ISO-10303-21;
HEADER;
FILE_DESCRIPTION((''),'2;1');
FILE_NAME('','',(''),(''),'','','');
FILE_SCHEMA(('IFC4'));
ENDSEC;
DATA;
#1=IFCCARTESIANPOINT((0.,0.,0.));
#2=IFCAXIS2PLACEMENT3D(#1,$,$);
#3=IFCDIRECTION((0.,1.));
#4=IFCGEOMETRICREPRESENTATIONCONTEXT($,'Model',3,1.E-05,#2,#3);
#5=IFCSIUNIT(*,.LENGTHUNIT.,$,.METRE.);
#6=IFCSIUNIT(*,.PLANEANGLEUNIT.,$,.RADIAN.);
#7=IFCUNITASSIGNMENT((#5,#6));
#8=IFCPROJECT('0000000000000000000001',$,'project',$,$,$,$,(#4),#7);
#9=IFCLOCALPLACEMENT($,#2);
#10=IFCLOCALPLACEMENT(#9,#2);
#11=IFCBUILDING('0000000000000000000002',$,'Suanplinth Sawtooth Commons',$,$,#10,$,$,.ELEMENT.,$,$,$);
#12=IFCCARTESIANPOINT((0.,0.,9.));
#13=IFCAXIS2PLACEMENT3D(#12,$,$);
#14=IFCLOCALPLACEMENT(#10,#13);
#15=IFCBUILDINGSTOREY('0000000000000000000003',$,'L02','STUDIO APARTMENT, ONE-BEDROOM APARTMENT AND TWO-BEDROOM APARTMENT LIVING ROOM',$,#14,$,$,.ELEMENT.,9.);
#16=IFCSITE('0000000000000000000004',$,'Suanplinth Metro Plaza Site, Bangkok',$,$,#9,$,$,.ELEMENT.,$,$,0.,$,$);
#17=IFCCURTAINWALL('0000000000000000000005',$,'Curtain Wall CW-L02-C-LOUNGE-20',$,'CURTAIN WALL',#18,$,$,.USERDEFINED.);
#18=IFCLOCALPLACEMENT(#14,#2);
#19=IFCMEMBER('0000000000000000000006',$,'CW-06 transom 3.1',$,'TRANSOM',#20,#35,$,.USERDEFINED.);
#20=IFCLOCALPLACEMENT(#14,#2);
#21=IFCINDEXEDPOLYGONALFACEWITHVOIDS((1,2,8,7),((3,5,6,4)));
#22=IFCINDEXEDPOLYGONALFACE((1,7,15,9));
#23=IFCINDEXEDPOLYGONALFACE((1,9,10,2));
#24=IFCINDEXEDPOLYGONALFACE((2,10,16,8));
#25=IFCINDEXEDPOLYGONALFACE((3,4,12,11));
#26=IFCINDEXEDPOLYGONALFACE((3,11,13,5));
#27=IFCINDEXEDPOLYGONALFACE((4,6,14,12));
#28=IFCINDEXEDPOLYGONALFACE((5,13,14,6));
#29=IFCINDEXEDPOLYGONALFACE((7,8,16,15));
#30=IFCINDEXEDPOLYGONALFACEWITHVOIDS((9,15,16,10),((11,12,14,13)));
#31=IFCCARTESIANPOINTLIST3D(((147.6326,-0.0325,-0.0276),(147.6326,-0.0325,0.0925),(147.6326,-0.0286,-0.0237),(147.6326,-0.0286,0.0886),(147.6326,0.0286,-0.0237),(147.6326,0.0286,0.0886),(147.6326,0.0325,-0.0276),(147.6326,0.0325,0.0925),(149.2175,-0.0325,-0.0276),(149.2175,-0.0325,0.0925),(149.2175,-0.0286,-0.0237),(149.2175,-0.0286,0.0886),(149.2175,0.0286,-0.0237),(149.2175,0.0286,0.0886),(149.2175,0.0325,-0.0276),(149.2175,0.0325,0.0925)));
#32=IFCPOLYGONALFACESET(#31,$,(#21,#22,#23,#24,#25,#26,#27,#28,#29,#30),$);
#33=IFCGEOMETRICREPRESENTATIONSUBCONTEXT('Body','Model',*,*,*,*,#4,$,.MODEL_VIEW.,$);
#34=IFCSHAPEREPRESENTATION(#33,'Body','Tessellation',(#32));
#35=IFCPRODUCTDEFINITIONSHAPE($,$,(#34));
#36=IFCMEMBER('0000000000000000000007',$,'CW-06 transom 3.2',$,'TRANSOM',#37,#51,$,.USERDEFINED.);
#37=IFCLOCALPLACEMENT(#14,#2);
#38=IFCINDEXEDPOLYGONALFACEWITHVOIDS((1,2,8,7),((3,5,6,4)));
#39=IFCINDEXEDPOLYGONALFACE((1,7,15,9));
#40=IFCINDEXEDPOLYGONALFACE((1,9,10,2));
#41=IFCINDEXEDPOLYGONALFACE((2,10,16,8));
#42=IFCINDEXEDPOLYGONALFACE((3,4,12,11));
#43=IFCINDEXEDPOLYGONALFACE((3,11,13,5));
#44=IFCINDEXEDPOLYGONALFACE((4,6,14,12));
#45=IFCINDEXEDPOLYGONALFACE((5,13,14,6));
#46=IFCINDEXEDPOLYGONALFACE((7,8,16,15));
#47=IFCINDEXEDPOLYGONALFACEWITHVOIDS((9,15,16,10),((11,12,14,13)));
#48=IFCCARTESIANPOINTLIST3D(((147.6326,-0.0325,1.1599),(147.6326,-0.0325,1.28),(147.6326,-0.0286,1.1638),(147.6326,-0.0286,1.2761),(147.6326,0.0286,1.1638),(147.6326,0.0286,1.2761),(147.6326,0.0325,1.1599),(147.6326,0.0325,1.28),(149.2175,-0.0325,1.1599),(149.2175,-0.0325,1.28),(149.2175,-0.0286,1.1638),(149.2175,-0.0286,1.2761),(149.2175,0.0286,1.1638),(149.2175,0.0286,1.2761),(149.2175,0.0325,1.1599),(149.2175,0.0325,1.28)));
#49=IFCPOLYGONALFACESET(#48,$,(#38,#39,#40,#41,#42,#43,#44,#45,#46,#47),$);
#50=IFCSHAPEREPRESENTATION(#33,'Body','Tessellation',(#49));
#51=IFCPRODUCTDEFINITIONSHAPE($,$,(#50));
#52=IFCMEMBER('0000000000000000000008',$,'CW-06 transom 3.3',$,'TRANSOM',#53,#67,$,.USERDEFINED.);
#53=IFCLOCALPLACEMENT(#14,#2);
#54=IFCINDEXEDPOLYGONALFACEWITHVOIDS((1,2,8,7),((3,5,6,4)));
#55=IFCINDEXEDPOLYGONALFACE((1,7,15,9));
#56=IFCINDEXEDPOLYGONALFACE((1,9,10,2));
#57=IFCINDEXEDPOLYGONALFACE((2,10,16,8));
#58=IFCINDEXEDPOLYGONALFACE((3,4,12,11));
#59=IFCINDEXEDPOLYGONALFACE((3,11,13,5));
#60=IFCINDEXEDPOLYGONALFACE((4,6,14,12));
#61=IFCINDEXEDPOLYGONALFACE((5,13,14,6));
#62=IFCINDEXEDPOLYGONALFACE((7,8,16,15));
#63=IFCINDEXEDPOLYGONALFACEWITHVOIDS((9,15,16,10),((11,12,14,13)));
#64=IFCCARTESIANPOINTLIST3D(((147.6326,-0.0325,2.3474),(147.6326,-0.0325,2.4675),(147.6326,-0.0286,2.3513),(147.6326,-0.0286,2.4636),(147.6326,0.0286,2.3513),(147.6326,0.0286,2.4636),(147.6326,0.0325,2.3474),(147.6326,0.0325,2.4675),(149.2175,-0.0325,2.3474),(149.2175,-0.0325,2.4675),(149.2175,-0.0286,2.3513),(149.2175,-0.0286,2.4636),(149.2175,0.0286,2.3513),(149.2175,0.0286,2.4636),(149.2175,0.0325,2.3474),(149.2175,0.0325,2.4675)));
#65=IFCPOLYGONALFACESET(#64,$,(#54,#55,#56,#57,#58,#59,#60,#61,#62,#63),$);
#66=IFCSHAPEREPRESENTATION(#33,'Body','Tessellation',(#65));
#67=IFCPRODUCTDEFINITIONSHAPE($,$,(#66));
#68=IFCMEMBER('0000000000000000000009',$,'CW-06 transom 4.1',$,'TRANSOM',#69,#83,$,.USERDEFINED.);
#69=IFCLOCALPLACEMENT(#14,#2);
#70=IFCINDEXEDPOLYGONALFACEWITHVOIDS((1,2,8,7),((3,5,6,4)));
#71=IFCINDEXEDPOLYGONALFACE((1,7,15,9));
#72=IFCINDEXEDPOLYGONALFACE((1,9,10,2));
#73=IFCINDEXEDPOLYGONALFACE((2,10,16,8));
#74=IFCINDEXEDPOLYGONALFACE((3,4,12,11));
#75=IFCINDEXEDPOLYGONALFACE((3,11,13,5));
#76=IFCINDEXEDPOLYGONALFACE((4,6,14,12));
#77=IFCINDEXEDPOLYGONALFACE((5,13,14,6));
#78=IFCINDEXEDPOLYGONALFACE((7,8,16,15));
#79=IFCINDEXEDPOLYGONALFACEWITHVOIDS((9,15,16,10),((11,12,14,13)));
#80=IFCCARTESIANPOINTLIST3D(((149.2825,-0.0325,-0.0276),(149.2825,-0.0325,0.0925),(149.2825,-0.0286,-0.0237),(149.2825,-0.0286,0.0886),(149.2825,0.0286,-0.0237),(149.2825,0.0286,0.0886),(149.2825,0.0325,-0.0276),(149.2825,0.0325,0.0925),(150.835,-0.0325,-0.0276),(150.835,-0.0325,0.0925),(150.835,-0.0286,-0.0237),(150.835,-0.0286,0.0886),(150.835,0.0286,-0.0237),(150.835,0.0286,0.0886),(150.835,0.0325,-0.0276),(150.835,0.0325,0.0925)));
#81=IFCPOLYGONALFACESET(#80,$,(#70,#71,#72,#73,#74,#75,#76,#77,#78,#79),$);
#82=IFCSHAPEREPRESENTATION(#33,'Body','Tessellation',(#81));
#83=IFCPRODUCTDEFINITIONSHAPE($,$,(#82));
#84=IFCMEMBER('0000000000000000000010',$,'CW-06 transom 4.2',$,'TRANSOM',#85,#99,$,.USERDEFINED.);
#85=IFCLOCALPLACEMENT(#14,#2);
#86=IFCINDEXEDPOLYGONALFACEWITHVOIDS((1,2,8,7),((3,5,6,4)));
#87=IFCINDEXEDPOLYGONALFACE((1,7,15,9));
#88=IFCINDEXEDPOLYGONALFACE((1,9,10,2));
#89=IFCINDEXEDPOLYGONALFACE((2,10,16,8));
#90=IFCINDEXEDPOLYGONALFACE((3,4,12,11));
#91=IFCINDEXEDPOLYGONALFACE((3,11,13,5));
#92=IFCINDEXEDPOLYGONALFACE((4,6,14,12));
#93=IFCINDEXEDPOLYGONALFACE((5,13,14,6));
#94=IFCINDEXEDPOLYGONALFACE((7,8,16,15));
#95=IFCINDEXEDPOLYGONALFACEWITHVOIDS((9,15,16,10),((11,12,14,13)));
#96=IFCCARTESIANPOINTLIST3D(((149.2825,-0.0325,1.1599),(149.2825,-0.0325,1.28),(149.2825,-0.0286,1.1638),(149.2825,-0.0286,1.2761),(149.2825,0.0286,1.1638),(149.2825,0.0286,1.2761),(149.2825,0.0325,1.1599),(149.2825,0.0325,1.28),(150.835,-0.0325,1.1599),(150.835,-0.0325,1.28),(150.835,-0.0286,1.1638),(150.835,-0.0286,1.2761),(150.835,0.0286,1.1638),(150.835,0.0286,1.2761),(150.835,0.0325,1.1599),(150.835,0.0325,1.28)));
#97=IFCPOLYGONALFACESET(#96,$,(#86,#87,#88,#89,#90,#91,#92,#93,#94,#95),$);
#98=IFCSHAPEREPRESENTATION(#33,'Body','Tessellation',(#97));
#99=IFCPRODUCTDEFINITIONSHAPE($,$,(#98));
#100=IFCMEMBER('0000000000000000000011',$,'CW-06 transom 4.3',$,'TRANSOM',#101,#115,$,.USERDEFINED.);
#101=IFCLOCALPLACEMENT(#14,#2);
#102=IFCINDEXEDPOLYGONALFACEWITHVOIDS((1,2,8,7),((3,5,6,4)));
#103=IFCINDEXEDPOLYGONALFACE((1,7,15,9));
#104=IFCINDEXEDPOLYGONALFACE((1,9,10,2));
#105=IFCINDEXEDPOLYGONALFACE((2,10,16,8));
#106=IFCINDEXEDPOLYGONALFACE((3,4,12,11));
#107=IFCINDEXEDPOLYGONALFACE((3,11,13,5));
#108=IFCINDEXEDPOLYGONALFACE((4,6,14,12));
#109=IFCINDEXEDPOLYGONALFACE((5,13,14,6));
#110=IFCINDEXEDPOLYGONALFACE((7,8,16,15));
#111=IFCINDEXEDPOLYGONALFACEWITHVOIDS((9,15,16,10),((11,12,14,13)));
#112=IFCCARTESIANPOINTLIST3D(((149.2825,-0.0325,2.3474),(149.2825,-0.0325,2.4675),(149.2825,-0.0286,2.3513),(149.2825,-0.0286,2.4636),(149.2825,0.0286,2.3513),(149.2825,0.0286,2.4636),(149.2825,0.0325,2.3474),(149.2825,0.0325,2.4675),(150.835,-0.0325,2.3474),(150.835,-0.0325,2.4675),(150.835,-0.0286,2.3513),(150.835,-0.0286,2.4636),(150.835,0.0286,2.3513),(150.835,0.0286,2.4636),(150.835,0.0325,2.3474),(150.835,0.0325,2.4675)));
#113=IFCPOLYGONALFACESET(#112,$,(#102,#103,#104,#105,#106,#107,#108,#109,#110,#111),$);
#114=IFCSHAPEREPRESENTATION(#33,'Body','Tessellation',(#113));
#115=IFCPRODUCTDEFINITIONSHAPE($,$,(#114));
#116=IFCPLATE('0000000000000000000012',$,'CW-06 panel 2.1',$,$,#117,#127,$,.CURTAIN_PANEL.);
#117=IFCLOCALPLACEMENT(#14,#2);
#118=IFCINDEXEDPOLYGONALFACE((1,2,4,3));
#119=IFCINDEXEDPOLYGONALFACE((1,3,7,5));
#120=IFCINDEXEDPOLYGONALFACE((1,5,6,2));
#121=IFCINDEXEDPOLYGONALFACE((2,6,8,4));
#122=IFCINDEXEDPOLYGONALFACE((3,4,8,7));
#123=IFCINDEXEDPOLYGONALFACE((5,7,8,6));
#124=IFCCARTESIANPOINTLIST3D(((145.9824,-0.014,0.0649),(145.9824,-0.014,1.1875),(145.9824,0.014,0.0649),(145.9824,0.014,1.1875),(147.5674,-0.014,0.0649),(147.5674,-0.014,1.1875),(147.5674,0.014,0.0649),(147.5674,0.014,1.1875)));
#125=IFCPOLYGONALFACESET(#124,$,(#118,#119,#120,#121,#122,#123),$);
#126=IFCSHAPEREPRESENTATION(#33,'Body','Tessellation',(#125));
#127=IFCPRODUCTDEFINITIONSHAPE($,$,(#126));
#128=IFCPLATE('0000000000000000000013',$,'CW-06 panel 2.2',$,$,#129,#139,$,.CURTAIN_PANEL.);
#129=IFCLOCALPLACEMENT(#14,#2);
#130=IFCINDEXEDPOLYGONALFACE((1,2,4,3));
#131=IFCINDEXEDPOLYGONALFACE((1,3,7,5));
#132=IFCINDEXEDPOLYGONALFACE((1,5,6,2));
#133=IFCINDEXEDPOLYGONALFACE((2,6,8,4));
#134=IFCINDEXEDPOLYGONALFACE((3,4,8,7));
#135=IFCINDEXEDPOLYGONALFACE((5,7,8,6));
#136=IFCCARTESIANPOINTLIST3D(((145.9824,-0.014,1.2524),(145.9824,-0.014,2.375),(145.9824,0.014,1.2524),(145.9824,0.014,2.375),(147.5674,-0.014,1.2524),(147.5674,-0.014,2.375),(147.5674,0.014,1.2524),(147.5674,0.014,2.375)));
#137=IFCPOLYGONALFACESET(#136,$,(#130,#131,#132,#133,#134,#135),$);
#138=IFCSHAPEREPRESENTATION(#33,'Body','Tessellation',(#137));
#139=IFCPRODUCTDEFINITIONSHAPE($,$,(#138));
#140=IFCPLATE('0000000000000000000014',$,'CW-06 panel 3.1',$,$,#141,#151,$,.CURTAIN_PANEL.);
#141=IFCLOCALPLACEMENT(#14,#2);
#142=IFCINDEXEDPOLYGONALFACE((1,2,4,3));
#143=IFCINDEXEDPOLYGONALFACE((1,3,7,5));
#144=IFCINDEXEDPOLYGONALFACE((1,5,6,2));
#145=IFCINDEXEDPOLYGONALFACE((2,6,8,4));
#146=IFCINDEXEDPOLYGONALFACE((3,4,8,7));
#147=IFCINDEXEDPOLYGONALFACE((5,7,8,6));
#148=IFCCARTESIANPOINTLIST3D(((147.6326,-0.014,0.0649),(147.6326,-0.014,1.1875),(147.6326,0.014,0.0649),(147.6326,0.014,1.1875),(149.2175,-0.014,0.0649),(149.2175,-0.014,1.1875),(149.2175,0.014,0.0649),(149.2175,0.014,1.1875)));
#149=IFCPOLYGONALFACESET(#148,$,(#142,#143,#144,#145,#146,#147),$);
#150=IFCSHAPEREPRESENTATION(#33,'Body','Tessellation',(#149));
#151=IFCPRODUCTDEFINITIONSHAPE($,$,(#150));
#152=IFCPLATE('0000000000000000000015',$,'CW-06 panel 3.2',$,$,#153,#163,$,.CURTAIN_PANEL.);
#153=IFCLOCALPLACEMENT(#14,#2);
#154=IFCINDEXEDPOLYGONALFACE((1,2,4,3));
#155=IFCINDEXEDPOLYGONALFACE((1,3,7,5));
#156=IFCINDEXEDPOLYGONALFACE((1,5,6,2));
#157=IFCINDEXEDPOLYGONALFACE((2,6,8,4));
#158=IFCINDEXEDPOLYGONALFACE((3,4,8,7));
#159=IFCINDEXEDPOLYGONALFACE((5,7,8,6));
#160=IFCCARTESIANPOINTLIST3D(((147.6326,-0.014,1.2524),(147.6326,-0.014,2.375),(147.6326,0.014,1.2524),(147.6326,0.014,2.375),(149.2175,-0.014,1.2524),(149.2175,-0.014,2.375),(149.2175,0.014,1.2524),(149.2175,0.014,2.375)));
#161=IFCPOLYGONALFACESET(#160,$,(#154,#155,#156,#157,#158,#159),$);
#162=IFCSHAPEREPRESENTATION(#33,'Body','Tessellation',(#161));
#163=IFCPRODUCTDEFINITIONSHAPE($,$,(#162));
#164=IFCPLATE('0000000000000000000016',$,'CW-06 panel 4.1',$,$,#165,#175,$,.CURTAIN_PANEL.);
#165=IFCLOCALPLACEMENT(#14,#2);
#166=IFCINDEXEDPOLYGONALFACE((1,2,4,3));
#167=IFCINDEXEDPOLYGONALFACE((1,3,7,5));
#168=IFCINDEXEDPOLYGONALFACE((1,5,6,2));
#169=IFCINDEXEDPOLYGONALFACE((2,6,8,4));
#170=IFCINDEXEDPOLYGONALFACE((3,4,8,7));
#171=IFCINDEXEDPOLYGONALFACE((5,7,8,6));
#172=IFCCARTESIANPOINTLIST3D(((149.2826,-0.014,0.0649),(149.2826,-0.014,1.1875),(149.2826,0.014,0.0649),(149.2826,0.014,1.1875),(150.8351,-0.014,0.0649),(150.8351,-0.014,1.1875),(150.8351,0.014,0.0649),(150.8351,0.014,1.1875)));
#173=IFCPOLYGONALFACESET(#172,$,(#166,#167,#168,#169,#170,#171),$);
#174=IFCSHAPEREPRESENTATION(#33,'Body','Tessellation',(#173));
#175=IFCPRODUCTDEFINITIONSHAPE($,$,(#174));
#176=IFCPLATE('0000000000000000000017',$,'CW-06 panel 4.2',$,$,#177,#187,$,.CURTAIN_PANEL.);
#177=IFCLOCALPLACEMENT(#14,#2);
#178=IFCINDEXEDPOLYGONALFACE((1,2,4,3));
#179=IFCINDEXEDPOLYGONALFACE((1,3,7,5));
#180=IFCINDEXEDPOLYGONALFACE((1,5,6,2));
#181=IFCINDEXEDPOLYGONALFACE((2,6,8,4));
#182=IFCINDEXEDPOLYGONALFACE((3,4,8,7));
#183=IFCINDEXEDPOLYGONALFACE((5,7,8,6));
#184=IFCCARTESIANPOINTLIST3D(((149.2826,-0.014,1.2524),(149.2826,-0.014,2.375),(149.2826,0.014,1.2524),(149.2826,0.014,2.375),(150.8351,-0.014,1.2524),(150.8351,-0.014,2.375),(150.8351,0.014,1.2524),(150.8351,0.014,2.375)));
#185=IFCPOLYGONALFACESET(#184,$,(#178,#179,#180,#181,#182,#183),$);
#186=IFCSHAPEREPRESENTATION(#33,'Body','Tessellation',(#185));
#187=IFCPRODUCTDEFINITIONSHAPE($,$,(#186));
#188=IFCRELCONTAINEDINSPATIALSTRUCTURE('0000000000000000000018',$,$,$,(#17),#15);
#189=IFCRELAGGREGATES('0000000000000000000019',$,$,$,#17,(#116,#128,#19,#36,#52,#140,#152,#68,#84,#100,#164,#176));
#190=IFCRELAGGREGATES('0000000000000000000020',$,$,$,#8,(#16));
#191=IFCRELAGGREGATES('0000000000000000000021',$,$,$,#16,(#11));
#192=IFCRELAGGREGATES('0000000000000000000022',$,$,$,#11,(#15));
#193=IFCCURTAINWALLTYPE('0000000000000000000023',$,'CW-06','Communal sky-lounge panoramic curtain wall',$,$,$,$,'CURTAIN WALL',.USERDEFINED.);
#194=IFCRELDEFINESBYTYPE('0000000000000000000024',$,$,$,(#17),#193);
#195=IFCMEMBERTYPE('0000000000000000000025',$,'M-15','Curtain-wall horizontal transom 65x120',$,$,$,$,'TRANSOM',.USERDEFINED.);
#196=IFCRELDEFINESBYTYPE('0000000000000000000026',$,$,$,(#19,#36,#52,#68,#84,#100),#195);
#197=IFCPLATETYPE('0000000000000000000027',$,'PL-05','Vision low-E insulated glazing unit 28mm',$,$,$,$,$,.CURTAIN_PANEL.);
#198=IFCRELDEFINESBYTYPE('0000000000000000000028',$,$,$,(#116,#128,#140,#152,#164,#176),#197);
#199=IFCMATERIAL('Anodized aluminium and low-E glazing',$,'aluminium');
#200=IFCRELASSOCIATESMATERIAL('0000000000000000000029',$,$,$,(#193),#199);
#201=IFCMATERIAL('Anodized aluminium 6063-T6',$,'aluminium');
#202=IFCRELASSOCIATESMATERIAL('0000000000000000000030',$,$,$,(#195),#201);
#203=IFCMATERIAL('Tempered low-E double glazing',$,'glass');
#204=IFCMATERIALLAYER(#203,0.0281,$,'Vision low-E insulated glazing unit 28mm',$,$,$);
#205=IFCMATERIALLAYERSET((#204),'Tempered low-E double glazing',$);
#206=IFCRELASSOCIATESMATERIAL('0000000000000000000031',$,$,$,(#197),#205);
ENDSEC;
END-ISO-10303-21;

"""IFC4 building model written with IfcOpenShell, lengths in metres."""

from ifc_helpers import new_model, si_unit, direction, frame, origin, origin_2d, place, context, subcontext, project, spatial, rectangle, hollow_rectangle, extrude, material, layer, layer_set, material_profile, profile_set, type_object, element, aggregate, save


model = new_model("IFC4")

# Units and contexts
model_context = context("Model", 3, precision=1e-05, world=origin(), true_north=direction((0.0, 1.0)))
body_context = subcontext(model_context, "Body", "Model", "MODEL_VIEW")
ifc_project = project(units=[si_unit("LENGTHUNIT", "METRE"), si_unit("PLANEANGLEUNIT", "RADIAN")], contexts=[model_context])

# Site, building, storey
site_placement = place(None, origin())
site = spatial("IfcSite", under=ifc_project, at=site_placement, Name="Suanplinth Metro Plaza Site, Bangkok", CompositionType="ELEMENT", RefElevation=0.0)
building_placement = place(site_placement, origin())
building = spatial("IfcBuilding", under=site, at=building_placement, Name="Suanplinth Sawtooth Commons", CompositionType="ELEMENT")
storey_placement = place(building_placement, frame((0.0, 0.0, 9.0)))
storey = spatial("IfcBuildingStorey", under=building, at=storey_placement, Name="L02", Description="STUDIO APARTMENT, ONE-BEDROOM APARTMENT AND TWO-BEDROOM APARTMENT LIVING ROOM", CompositionType="ELEMENT", Elevation=9.0)

# Curtain wall, members, plates
ifc_material_1 = material(Name="Anodized aluminium and low-E glazing", Category="aluminium")
curtain_wall_type = type_object("IfcCurtainWallType", Name="CW-06", Description="Communal sky-lounge panoramic curtain wall", ElementType="CURTAIN WALL", PredefinedType="USERDEFINED", material=ifc_material_1)
curtain_wall_placement = place(storey_placement, origin())
curtain_wall = element("IfcCurtainWall", 1, at=curtain_wall_placement, inside=storey, type_object=curtain_wall_type, Name="Curtain Wall CW-L02-C-LOUNGE-20", ObjectType="CURTAIN WALL", PredefinedType="USERDEFINED")
ifc_material_2 = material(Name="Anodized aluminium 6063-T6", Category="aluminium")
ifc_material_profile_1 = material_profile(ifc_material_2, hollow_rectangle(XDim=0.0649, YDim=0.1201, WallThickness=0.0039, at=origin_2d()), Name="ALU-TRN 65x120")
ifc_profile_set_1 = profile_set([ifc_material_profile_1], Name="Anodized aluminium 6063-T6")
member_type_1 = type_object("IfcMemberType", Name="M-15", Description="Curtain-wall horizontal transom 65x120", ElementType="TRANSOM", PredefinedType="USERDEFINED", material=ifc_profile_set_1)
member_1_placement = place(storey_placement, frame((147.6326, 0.0, 0.0325), z_axis=(1.0, 0.0, 0.0), x_axis=(0.0, 1.0, 0.0)))
member_1 = element("IfcMember", 2, at=member_1_placement, type_object=member_type_1, Name="CW-06 transom 3.1", ObjectType="TRANSOM", PredefinedType="USERDEFINED", context=body_context, shape_type="SweptSolid", body=[
    extrude(hollow_rectangle(XDim=0.0649, YDim=0.1201, WallThickness=0.0039, at=origin_2d()), origin(), (0.0, 0.0, 1.0), 1.585),
])
member_2_placement = place(storey_placement, frame((147.6326, 0.0, 1.22), z_axis=(1.0, 0.0, 0.0), x_axis=(0.0, 1.0, 0.0)))
member_2 = element("IfcMember", 3, at=member_2_placement, type_object=member_type_1, Name="CW-06 transom 3.2", ObjectType="TRANSOM", PredefinedType="USERDEFINED", context=body_context, shape_type="SweptSolid", body=[
    extrude(hollow_rectangle(XDim=0.0649, YDim=0.1201, WallThickness=0.0039, at=origin_2d()), origin(), (0.0, 0.0, 1.0), 1.585),
])
member_3_placement = place(storey_placement, frame((147.6326, 0.0, 2.4075), z_axis=(1.0, 0.0, 0.0), x_axis=(0.0, 1.0, 0.0)))
member_3 = element("IfcMember", 4, at=member_3_placement, type_object=member_type_1, Name="CW-06 transom 3.3", ObjectType="TRANSOM", PredefinedType="USERDEFINED", context=body_context, shape_type="SweptSolid", body=[
    extrude(hollow_rectangle(XDim=0.0649, YDim=0.1201, WallThickness=0.0039, at=origin_2d()), origin(), (0.0, 0.0, 1.0), 1.585),
])
member_4_placement = place(storey_placement, frame((149.2825, 0.0, 0.0325), z_axis=(1.0, 0.0, 0.0), x_axis=(0.0, 1.0, 0.0)))
member_4 = element("IfcMember", 5, at=member_4_placement, type_object=member_type_1, Name="CW-06 transom 4.1", ObjectType="TRANSOM", PredefinedType="USERDEFINED", context=body_context, shape_type="SweptSolid", body=[
    extrude(hollow_rectangle(XDim=0.0649, YDim=0.1201, WallThickness=0.0039, at=origin_2d()), origin(), (0.0, 0.0, 1.0), 1.5525),
])
member_5_placement = place(storey_placement, frame((149.2825, 0.0, 1.22), z_axis=(1.0, 0.0, 0.0), x_axis=(0.0, 1.0, 0.0)))
member_5 = element("IfcMember", 6, at=member_5_placement, type_object=member_type_1, Name="CW-06 transom 4.2", ObjectType="TRANSOM", PredefinedType="USERDEFINED", context=body_context, shape_type="SweptSolid", body=[
    extrude(hollow_rectangle(XDim=0.0649, YDim=0.1201, WallThickness=0.0039, at=origin_2d()), origin(), (0.0, 0.0, 1.0), 1.5525),
])
member_6_placement = place(storey_placement, frame((149.2825, 0.0, 2.4075), z_axis=(1.0, 0.0, 0.0), x_axis=(0.0, 1.0, 0.0)))
member_6 = element("IfcMember", 7, at=member_6_placement, type_object=member_type_1, Name="CW-06 transom 4.3", ObjectType="TRANSOM", PredefinedType="USERDEFINED", context=body_context, shape_type="SweptSolid", body=[
    extrude(hollow_rectangle(XDim=0.0649, YDim=0.1201, WallThickness=0.0039, at=origin_2d()), origin(), (0.0, 0.0, 1.0), 1.5525),
])
ifc_material_3 = material(Name="Tempered low-E double glazing", Category="glass")
ifc_layer_1 = layer(ifc_material_3, 0.0281, Name="Vision low-E insulated glazing unit 28mm")
ifc_layer_set_1 = layer_set([ifc_layer_1], Name="Tempered low-E double glazing")
plate_type = type_object("IfcPlateType", Name="PL-05", Description="Vision low-E insulated glazing unit 28mm", PredefinedType="CURTAIN_PANEL", material=ifc_layer_set_1)
plate_1_placement = place(storey_placement, frame((146.7749, 0.0, 0.0649), z_axis=(0.0, 0.0, 1.0), x_axis=(1.0, 0.0, 0.0)))
plate_1 = element("IfcPlate", 8, at=plate_1_placement, type_object=plate_type, Name="CW-06 panel 2.1", PredefinedType="CURTAIN_PANEL", context=body_context, shape_type="SweptSolid", body=[
    extrude(rectangle(XDim=1.585, YDim=0.0281, at=origin_2d()), origin(), (0.0, 0.0, 1.0), 1.1226),
])
plate_2_placement = place(storey_placement, frame((146.7749, 0.0, 1.2524), z_axis=(0.0, 0.0, 1.0), x_axis=(1.0, 0.0, 0.0)))
plate_2 = element("IfcPlate", 9, at=plate_2_placement, type_object=plate_type, Name="CW-06 panel 2.2", PredefinedType="CURTAIN_PANEL", context=body_context, shape_type="SweptSolid", body=[
    extrude(rectangle(XDim=1.585, YDim=0.0281, at=origin_2d()), origin(), (0.0, 0.0, 1.0), 1.1226),
])
plate_3_placement = place(storey_placement, frame((148.425, 0.0, 0.0649), z_axis=(0.0, 0.0, 1.0), x_axis=(1.0, 0.0, 0.0)))
plate_3 = element("IfcPlate", 10, at=plate_3_placement, type_object=plate_type, Name="CW-06 panel 3.1", PredefinedType="CURTAIN_PANEL", context=body_context, shape_type="SweptSolid", body=[
    extrude(rectangle(XDim=1.585, YDim=0.0281, at=origin_2d()), origin(), (0.0, 0.0, 1.0), 1.1226),
])
plate_4_placement = place(storey_placement, frame((148.425, 0.0, 1.2524), z_axis=(0.0, 0.0, 1.0), x_axis=(1.0, 0.0, 0.0)))
plate_4 = element("IfcPlate", 11, at=plate_4_placement, type_object=plate_type, Name="CW-06 panel 3.2", PredefinedType="CURTAIN_PANEL", context=body_context, shape_type="SweptSolid", body=[
    extrude(rectangle(XDim=1.585, YDim=0.0281, at=origin_2d()), origin(), (0.0, 0.0, 1.0), 1.1226),
])
plate_5_placement = place(storey_placement, frame((150.0588, 0.0, 0.0649), z_axis=(0.0, 0.0, 1.0), x_axis=(1.0, 0.0, 0.0)))
plate_5 = element("IfcPlate", 12, at=plate_5_placement, type_object=plate_type, Name="CW-06 panel 4.1", PredefinedType="CURTAIN_PANEL", context=body_context, shape_type="SweptSolid", body=[
    extrude(rectangle(XDim=1.5525, YDim=0.0281, at=origin_2d()), origin(), (0.0, 0.0, 1.0), 1.1226),
])
plate_6_placement = place(storey_placement, frame((150.0588, 0.0, 1.2524), z_axis=(0.0, 0.0, 1.0), x_axis=(1.0, 0.0, 0.0)))
plate_6 = element("IfcPlate", 13, at=plate_6_placement, type_object=plate_type, Name="CW-06 panel 4.2", PredefinedType="CURTAIN_PANEL", context=body_context, shape_type="SweptSolid", body=[
    extrude(rectangle(XDim=1.5525, YDim=0.0281, at=origin_2d()), origin(), (0.0, 0.0, 1.0), 1.1226),
])
aggregate(curtain_wall, [plate_1, plate_2, member_1, member_2, member_3, plate_3, plate_4, member_4, member_5, member_6, plate_5, plate_6])

save(model, "model.ifc")
